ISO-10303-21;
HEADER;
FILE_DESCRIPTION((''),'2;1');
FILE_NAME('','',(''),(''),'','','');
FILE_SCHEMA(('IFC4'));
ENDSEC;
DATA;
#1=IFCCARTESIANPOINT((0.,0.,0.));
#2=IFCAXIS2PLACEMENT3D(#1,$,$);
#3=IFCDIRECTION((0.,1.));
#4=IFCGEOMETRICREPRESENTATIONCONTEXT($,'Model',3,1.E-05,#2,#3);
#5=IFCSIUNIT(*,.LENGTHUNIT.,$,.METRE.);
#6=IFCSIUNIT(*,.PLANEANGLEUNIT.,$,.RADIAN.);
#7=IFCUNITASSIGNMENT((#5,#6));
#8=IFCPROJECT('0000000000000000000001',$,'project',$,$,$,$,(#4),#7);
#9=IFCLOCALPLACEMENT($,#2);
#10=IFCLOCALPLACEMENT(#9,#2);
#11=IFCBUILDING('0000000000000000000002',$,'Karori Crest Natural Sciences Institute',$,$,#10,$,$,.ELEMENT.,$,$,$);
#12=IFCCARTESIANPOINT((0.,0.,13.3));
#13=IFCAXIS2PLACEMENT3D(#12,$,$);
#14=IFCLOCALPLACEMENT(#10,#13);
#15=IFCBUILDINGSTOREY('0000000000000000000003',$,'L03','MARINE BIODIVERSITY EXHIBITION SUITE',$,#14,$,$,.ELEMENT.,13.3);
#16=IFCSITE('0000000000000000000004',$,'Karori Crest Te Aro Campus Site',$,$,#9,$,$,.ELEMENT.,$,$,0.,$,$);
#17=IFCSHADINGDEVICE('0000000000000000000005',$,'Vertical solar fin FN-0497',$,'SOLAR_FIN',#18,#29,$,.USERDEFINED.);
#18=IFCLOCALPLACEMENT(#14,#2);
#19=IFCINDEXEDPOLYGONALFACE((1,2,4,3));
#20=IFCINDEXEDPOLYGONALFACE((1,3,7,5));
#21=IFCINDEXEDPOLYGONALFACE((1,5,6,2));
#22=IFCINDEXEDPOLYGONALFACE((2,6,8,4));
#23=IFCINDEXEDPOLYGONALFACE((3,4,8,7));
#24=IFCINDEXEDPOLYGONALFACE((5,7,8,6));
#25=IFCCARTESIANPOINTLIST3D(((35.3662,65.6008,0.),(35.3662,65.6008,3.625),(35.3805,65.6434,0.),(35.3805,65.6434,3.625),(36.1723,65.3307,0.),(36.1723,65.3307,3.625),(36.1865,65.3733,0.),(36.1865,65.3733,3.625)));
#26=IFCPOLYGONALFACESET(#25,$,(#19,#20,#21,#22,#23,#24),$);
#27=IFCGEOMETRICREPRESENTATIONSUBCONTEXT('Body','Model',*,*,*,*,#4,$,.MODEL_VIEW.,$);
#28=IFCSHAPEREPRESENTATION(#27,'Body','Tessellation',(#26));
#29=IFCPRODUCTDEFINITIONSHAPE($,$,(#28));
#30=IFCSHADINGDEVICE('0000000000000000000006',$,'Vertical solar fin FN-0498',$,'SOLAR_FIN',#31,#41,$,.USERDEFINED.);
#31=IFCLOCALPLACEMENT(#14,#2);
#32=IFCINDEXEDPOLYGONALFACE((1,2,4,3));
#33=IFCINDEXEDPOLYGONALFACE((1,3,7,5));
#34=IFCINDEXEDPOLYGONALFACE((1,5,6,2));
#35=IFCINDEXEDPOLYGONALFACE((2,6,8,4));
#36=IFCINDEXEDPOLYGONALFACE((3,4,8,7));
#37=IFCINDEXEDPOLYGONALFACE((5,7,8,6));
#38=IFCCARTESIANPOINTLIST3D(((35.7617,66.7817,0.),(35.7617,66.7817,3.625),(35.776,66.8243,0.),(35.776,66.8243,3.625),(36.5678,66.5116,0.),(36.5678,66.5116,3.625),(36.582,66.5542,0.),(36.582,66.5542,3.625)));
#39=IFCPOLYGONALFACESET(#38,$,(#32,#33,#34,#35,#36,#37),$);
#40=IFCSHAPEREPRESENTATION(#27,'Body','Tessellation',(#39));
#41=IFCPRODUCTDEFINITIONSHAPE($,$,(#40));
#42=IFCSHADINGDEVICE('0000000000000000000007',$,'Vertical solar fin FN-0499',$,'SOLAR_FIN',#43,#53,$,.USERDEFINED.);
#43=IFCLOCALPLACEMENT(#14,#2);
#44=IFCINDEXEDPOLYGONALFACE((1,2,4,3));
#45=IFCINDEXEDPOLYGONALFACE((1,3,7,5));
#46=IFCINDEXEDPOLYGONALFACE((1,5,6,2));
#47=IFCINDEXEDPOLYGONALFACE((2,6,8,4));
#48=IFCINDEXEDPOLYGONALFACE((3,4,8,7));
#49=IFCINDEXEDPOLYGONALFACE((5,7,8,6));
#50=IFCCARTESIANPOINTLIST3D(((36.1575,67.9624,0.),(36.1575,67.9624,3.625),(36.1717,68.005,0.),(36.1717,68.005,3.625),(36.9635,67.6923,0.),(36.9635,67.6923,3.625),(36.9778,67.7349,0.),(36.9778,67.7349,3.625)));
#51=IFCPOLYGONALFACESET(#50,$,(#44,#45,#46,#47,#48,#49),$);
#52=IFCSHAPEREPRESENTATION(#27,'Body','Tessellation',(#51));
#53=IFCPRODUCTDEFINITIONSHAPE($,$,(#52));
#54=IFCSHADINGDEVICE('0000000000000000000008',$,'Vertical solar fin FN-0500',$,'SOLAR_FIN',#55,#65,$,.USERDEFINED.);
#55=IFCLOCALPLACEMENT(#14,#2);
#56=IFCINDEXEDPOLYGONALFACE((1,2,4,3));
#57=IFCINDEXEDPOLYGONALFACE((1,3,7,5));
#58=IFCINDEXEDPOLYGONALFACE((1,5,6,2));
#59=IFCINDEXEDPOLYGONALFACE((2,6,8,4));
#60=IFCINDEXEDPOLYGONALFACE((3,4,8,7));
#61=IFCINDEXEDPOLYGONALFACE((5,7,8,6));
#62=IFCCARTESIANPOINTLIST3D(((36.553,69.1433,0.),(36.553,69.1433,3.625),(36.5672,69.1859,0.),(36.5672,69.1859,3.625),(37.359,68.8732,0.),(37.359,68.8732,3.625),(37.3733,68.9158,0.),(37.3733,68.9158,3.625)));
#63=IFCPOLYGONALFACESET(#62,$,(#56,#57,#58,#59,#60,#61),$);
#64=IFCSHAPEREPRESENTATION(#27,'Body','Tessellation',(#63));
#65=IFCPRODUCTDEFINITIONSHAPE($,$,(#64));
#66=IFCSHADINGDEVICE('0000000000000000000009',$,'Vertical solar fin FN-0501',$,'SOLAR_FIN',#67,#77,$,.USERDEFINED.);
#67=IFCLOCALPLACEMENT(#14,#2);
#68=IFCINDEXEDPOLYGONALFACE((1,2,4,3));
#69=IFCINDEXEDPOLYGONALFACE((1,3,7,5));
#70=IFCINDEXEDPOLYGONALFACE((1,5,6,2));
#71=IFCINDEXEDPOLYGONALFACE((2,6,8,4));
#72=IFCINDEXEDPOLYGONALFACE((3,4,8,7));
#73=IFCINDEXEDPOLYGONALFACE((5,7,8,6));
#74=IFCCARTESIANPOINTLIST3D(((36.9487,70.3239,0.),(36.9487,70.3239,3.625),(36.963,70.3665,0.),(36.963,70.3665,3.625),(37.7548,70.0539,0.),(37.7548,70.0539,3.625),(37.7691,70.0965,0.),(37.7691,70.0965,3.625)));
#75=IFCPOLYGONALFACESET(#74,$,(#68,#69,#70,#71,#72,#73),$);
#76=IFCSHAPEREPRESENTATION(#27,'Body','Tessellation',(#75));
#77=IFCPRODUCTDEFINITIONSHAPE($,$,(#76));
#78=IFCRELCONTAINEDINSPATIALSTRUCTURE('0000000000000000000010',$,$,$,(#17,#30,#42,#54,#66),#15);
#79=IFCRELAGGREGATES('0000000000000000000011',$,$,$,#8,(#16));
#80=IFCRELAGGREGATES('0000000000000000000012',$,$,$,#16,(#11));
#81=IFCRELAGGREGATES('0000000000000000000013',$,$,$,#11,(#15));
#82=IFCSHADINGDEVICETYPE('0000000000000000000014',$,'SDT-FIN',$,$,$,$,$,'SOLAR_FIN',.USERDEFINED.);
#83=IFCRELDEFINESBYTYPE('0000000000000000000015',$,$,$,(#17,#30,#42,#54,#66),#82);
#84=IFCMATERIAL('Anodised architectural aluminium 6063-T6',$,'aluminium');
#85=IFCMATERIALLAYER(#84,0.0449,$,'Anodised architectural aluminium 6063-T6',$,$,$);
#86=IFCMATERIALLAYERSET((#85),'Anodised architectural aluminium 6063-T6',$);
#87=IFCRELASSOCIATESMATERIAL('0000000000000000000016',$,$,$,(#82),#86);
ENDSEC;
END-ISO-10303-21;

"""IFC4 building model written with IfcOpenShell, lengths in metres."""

from ifc_helpers import new_model, si_unit, direction, frame, origin, origin_2d, place, context, subcontext, project, spatial, rectangle, extrude, material, layer, layer_set, type_object, element, save


model = new_model("IFC4")

# Units and contexts
model_context = context("Model", 3, precision=1e-05, world=origin(), true_north=direction((0.0, 1.0)))
body_context = subcontext(model_context, "Body", "Model", "MODEL_VIEW")
ifc_project = project(units=[si_unit("LENGTHUNIT", "METRE"), si_unit("PLANEANGLEUNIT", "RADIAN")], contexts=[model_context])

# Site, building, storey
site_placement = place(None, origin())
site = spatial("IfcSite", under=ifc_project, at=site_placement, Name="Karori Crest Te Aro Campus Site", CompositionType="ELEMENT", RefElevation=0.0)
building_placement = place(site_placement, origin())
building = spatial("IfcBuilding", under=site, at=building_placement, Name="Karori Crest Natural Sciences Institute", CompositionType="ELEMENT")
storey_placement = place(building_placement, frame((0.0, 0.0, 13.3)))
storey = spatial("IfcBuildingStorey", under=building, at=storey_placement, Name="L03", Description="MARINE BIODIVERSITY EXHIBITION SUITE", CompositionType="ELEMENT", Elevation=13.3)

# Shared definitions
ifc_material_1 = material(Name="Anodised architectural aluminium 6063-T6", Category="aluminium")

# Shading devices
ifc_layer_1 = layer(ifc_material_1, 0.0449, Name="Anodised architectural aluminium 6063-T6")
ifc_layer_set_1 = layer_set([ifc_layer_1], Name="Anodised architectural aluminium 6063-T6")
shading_device_type = type_object("IfcShadingDeviceType", Name="SDT-FIN", ElementType="SOLAR_FIN", PredefinedType="USERDEFINED", material=ifc_layer_set_1)
for number, where, z_axis, x_axis, name in (
    (1, (35.7764, 65.4871, 0.0), (0.0, 0.0, 1.0), (-0.948198, 0.31768, 0.0), "Vertical solar fin FN-0497"),
    (2, (36.1719, 66.668, 0.0), (0.0, 0.0, 1.0), (-0.948198, 0.31768, 0.0), "Vertical solar fin FN-0498"),
    (3, (36.5676, 67.8486, 0.0), (0.0, 0.0, 1.0), (-0.948198, 0.31768, 0.0), "Vertical solar fin FN-0499"),
    (4, (36.9631, 69.0295, 0.0), (0.0, 0.0, 1.0), (-0.948198, 0.31768, 0.0), "Vertical solar fin FN-0500"),
    (5, (37.3589, 70.2102, 0.0), (0.0, 0.0, 1.0), (-0.948198, 0.31768, 0.0), "Vertical solar fin FN-0501"),
):
    element("IfcShadingDevice", number, at=place(storey_placement, frame(where, z_axis=z_axis, x_axis=x_axis)), inside=storey, type_object=shading_device_type, Name=name, ObjectType="SOLAR_FIN", PredefinedType="USERDEFINED", context=body_context, shape_type="SweptSolid", body=[
        extrude(rectangle(XDim=0.8501, YDim=0.0449, at=origin_2d()), origin(), (0.0, 0.0, 1.0), 3.625),
    ])

save(model, "model.ifc")
